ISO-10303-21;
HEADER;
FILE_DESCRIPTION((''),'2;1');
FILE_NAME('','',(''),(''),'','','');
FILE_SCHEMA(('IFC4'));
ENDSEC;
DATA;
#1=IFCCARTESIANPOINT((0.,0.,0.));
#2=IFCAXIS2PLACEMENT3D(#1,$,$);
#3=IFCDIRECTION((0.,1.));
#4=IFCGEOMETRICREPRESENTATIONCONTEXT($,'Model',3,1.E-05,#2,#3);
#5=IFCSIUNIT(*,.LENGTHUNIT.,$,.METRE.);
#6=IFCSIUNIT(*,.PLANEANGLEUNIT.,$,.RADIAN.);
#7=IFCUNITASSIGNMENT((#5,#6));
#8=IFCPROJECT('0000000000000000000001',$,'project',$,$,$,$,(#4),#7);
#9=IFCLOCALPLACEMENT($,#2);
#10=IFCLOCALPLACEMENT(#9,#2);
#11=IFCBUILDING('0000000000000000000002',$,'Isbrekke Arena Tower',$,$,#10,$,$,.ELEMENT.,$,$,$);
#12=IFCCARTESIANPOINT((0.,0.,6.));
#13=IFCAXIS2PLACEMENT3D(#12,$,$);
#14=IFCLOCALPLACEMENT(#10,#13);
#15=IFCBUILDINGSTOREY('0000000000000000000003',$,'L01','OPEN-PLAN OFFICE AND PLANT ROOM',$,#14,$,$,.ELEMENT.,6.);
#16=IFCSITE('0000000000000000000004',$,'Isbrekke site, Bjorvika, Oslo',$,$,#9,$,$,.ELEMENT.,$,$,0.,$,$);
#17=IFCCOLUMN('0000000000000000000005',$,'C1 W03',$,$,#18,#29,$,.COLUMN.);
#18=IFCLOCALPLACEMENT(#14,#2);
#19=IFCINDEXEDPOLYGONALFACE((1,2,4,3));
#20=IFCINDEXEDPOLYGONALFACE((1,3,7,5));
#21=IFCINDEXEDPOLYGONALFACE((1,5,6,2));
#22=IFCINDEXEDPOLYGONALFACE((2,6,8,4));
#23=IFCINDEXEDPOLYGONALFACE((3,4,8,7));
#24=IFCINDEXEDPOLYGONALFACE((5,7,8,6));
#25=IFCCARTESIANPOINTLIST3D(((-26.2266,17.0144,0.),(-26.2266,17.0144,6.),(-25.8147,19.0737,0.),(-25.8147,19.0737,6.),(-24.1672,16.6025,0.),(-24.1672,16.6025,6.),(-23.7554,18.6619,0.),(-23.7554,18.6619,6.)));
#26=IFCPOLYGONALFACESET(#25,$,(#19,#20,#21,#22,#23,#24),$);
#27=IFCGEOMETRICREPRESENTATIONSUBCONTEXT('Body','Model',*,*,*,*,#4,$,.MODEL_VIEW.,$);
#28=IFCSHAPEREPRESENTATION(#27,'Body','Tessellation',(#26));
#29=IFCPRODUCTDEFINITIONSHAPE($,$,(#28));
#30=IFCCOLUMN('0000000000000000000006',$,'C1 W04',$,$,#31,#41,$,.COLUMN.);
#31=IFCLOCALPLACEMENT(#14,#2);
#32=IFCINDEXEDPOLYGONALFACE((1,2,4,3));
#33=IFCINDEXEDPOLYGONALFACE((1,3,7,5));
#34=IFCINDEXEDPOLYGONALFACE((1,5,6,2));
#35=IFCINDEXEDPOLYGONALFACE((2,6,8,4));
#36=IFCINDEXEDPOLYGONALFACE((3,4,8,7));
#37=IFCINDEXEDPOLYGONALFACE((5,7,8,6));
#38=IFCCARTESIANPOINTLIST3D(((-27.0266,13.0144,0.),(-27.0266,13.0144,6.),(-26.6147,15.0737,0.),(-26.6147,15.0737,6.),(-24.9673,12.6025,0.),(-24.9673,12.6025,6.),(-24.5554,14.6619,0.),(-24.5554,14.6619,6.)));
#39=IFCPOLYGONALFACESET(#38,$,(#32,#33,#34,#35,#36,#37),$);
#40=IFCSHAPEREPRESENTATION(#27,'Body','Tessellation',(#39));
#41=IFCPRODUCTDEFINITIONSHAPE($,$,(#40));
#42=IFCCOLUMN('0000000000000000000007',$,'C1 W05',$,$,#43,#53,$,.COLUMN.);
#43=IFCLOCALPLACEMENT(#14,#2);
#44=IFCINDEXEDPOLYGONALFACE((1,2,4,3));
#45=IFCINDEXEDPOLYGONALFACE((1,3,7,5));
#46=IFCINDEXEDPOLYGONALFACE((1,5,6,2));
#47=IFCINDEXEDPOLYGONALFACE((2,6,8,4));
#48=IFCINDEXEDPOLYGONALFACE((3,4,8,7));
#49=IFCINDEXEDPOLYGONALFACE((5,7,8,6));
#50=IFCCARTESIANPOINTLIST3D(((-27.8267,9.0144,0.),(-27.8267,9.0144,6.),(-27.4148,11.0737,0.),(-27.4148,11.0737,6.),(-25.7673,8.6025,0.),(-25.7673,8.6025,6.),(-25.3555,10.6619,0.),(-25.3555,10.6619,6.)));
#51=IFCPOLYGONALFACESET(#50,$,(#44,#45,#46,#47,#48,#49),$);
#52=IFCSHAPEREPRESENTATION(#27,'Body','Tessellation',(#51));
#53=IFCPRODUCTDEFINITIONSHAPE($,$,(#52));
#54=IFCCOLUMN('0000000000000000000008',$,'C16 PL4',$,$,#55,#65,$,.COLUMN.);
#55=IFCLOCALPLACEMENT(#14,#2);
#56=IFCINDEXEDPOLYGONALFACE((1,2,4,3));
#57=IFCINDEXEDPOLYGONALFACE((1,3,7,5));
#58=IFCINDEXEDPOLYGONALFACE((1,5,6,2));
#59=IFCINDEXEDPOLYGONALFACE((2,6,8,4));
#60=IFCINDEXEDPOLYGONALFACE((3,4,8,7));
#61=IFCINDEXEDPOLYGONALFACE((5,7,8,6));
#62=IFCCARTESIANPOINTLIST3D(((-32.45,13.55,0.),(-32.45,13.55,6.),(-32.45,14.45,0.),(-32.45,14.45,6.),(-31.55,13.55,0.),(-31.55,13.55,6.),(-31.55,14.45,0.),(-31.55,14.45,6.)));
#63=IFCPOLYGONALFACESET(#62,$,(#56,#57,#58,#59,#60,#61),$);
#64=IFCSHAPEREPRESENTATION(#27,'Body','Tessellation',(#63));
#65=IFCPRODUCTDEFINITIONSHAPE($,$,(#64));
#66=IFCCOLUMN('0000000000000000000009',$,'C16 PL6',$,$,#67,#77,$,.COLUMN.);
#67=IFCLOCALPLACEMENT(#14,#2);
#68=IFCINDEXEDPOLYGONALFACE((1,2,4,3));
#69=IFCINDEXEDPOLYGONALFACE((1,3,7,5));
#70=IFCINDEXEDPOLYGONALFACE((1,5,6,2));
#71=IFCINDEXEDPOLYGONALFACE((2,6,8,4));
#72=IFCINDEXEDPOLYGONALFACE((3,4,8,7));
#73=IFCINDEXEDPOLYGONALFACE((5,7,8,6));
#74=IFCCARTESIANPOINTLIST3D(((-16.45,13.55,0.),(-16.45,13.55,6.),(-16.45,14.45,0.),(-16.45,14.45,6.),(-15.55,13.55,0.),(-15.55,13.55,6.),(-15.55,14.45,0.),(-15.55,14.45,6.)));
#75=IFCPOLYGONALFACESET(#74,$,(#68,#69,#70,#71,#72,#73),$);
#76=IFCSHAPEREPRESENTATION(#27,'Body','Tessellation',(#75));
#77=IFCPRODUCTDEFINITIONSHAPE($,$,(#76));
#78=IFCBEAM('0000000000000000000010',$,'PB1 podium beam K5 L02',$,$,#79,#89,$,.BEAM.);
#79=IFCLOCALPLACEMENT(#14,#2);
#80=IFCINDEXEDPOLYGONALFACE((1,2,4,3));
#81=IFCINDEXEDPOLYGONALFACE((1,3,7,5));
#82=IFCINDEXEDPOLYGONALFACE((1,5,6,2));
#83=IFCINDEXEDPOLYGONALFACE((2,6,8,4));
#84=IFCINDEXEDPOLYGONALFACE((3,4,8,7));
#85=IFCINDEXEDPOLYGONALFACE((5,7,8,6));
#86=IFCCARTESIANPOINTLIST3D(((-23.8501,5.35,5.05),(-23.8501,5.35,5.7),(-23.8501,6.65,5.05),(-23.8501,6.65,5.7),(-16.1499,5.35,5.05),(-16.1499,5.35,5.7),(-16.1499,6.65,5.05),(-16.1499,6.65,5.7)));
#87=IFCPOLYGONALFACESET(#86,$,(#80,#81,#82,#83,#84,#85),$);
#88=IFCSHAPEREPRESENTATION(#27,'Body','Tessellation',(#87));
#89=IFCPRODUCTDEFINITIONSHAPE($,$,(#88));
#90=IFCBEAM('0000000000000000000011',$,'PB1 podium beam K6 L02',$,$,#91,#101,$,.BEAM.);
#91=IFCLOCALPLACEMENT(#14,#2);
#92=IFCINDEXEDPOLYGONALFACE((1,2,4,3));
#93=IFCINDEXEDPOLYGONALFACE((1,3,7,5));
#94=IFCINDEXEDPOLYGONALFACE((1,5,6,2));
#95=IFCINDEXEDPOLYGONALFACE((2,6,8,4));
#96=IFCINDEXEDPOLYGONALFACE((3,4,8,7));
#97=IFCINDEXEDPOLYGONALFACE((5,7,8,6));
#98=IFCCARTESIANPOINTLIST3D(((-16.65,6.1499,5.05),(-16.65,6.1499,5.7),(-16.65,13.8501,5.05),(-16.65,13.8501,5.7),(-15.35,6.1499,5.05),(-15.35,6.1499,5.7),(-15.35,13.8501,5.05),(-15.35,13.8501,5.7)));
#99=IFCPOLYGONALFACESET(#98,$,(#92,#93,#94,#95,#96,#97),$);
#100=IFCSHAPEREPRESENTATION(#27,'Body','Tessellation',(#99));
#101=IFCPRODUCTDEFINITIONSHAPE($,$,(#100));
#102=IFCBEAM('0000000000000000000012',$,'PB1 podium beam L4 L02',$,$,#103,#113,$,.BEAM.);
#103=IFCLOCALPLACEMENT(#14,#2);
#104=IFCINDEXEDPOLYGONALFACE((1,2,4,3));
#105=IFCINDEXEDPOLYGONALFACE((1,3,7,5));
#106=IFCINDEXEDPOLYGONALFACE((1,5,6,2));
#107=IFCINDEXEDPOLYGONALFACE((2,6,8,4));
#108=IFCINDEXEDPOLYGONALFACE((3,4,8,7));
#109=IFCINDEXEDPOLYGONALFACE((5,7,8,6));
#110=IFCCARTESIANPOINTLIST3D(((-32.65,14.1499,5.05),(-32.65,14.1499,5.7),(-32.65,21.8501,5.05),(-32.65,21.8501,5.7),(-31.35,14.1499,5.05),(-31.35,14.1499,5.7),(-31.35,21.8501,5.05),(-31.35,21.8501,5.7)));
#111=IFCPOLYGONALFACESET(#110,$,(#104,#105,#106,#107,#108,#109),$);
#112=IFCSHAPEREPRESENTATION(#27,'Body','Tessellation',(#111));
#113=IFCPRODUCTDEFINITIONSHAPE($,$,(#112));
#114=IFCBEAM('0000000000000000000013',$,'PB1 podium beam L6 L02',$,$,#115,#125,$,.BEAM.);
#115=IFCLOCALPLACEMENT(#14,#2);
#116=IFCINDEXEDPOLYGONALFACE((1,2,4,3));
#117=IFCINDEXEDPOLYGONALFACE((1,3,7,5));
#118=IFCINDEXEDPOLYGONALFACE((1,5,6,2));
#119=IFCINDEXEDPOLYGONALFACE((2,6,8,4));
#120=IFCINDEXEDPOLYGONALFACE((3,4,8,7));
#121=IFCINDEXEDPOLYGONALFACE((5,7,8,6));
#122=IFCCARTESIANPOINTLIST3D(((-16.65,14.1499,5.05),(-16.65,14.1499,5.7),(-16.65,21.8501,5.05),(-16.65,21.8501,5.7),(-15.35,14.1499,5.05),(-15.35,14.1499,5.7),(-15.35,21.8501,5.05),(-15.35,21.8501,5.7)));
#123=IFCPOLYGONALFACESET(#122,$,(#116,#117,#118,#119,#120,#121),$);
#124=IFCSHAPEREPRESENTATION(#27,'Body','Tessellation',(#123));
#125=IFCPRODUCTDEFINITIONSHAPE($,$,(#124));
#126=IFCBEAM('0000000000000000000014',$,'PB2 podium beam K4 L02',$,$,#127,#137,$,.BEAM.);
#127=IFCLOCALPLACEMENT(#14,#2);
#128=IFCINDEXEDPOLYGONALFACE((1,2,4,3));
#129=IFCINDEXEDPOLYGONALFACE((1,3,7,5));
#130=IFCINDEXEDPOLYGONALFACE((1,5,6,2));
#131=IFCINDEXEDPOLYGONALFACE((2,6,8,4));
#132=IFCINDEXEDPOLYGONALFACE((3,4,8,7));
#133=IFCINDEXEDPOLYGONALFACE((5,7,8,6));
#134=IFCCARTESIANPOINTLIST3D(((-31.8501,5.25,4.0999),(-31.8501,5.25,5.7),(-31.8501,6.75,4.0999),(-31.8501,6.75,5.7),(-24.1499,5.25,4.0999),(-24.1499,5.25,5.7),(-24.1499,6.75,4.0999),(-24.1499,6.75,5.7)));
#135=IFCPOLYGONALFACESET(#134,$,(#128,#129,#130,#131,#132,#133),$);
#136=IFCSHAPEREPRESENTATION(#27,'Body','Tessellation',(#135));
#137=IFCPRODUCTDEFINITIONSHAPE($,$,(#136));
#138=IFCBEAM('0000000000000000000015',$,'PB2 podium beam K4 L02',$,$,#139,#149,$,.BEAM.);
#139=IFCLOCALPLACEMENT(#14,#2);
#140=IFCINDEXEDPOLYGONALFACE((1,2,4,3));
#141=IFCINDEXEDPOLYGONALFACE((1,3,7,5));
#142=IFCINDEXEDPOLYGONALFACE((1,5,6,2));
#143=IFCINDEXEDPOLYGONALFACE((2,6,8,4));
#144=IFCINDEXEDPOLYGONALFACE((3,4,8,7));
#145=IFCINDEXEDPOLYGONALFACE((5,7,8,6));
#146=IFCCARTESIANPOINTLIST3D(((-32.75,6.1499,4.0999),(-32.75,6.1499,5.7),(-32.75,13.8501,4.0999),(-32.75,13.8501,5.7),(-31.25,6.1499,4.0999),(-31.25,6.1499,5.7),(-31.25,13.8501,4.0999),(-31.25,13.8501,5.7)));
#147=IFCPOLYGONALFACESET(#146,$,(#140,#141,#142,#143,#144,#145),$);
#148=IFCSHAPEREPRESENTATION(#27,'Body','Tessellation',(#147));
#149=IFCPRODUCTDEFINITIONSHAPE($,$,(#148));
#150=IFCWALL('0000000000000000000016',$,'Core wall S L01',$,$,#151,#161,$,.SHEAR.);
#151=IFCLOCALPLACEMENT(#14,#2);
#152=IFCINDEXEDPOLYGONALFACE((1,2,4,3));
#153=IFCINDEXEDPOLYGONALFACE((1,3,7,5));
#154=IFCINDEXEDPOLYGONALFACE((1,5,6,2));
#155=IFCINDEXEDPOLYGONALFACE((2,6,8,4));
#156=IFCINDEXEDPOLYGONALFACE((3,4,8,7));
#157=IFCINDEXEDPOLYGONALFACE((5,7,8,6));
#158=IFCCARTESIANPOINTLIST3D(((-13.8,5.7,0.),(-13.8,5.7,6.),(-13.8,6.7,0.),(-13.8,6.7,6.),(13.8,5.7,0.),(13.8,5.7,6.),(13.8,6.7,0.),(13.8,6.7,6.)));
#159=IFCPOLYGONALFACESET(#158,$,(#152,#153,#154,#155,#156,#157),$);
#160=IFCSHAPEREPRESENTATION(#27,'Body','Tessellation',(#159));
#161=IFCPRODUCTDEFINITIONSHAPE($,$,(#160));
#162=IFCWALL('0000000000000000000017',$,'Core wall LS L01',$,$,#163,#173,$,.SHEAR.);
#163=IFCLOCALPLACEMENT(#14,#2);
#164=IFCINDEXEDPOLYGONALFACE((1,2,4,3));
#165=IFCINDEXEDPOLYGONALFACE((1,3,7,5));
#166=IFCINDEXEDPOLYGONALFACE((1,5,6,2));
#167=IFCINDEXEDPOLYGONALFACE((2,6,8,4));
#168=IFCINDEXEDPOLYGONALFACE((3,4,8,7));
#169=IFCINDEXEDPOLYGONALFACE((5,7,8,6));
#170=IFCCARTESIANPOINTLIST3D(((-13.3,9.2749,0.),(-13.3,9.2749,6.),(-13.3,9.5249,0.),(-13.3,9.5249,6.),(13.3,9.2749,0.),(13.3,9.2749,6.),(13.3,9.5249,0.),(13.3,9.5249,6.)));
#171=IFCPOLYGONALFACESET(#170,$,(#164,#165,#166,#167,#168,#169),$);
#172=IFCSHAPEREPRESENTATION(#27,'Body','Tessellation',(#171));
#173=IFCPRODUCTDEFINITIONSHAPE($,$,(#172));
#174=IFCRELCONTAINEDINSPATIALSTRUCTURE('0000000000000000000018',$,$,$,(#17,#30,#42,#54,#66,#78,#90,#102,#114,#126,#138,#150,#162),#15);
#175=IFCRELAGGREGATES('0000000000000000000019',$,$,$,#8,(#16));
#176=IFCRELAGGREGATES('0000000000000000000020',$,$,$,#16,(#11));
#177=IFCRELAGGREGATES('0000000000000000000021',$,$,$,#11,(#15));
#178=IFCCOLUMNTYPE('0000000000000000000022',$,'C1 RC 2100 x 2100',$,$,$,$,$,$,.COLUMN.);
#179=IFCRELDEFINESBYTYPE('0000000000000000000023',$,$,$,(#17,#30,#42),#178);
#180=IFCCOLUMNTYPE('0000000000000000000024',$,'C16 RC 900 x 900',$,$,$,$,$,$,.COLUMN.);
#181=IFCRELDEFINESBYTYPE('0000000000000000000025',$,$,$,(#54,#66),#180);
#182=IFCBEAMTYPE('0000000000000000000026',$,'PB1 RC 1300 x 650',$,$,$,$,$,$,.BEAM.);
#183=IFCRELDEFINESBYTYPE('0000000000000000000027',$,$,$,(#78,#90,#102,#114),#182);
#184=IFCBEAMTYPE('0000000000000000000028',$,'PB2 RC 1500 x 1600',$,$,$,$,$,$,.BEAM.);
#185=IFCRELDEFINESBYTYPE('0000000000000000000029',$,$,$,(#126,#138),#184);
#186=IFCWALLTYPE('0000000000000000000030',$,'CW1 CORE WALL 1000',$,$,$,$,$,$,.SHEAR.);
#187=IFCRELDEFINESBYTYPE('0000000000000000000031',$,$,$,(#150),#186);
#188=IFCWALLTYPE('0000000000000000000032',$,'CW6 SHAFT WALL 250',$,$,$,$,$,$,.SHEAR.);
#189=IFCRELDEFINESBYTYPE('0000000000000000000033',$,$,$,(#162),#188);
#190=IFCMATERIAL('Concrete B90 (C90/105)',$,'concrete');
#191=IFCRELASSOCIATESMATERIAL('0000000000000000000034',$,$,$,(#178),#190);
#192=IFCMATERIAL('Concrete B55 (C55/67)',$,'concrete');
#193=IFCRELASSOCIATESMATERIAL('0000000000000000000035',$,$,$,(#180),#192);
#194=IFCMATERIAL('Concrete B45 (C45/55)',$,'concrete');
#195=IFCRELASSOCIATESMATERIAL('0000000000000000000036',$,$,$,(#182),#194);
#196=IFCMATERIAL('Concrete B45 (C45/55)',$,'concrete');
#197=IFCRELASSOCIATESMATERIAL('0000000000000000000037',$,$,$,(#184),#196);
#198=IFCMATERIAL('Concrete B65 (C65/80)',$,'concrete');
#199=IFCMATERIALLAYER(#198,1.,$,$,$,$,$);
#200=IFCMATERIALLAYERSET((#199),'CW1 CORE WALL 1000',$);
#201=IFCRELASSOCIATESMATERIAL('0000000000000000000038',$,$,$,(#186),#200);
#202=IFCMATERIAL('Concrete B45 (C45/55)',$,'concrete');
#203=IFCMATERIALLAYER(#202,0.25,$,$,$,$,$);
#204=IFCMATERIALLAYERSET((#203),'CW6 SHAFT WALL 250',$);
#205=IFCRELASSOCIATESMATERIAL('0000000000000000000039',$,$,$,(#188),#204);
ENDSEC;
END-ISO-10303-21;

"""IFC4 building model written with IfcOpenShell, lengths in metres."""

from ifc_helpers import new_model, si_unit, direction, frame, frame_2d, origin, origin_2d, place, context, subcontext, project, spatial, rectangle, extrude, material, layer, layer_set, material_profile, profile_set, type_object, element, save


model = new_model("IFC4")

# Units and contexts
model_context = context("Model", 3, precision=1e-05, world=origin(), true_north=direction((0.0, 1.0)))
body_context = subcontext(model_context, "Body", "Model", "MODEL_VIEW")
ifc_project = project(units=[si_unit("LENGTHUNIT", "METRE"), si_unit("PLANEANGLEUNIT", "RADIAN")], contexts=[model_context])

# Site, building, storey
site_placement = place(None, origin())
site = spatial("IfcSite", under=ifc_project, at=site_placement, Name="Isbrekke site, Bjorvika, Oslo", CompositionType="ELEMENT", RefElevation=0.0)
building_placement = place(site_placement, origin())
building = spatial("IfcBuilding", under=site, at=building_placement, Name="Isbrekke Arena Tower", CompositionType="ELEMENT")
storey_placement = place(building_placement, frame((0.0, 0.0, 6.0)))
storey = spatial("IfcBuildingStorey", under=building, at=storey_placement, Name="L01", Description="OPEN-PLAN OFFICE AND PLANT ROOM", CompositionType="ELEMENT", Elevation=6.0)

# Columns
ifc_material_1 = material(Name="Concrete B90 (C90/105)", Category="concrete")
ifc_material_profile_1 = material_profile(ifc_material_1, rectangle(XDim=2.1001, YDim=2.1001, at=origin_2d()), Name="RC 2100x2100")
ifc_profile_set_1 = profile_set([ifc_material_profile_1], Name="Concrete B90 (C90/105)")
column_type_1 = type_object("IfcColumnType", Name="C1 RC 2100 x 2100", PredefinedType="COLUMN", material=ifc_profile_set_1)
for number, where, z_axis, x_axis, name in (
    (1, (-24.991, 17.8381, 0.0), (0.0, 0.0, 1.0), (-0.196116, -0.980581, 0.0), "C1 W03"),
    (2, (-25.791, 13.8381, 0.0), (0.0, 0.0, 1.0), (-0.196116, -0.980581, 0.0), "C1 W04"),
    (3, (-26.5911, 9.8381, 0.0), (0.0, 0.0, 1.0), (-0.196116, -0.980581, 0.0), "C1 W05"),
):
    element("IfcColumn", number, at=place(storey_placement, frame(where, z_axis=z_axis, x_axis=x_axis)), inside=storey, type_object=column_type_1, Name=name, PredefinedType="COLUMN", context=body_context, shape_type="SweptSolid", body=[
        extrude(rectangle(XDim=2.1001, YDim=2.1001, at=origin_2d()), origin(), (0.0, 0.0, 1.0), 6.0),
    ])
ifc_material_2 = material(Name="Concrete B55 (C55/67)", Category="concrete")
ifc_material_profile_2 = material_profile(ifc_material_2, rectangle(XDim=0.8999, YDim=0.8999, at=origin_2d()), Name="RC 900x900")
ifc_profile_set_2 = profile_set([ifc_material_profile_2], Name="Concrete B55 (C55/67)")
column_type_2 = type_object("IfcColumnType", Name="C16 RC 900 x 900", PredefinedType="COLUMN", material=ifc_profile_set_2)
for number, where, z_axis, x_axis, name in (
    (4, (-32.0, 14.0, 0.0), (0.0, 0.0, 1.0), (1.0, 0.0, 0.0), "C16 PL4"),
    (5, (-16.0, 14.0, 0.0), (0.0, 0.0, 1.0), (1.0, 0.0, 0.0), "C16 PL6"),
):
    element("IfcColumn", number, at=place(storey_placement, frame(where, z_axis=z_axis, x_axis=x_axis)), inside=storey, type_object=column_type_2, Name=name, PredefinedType="COLUMN", context=body_context, shape_type="SweptSolid", body=[
        extrude(rectangle(XDim=0.8999, YDim=0.8999, at=origin_2d()), origin(), (0.0, 0.0, 1.0), 6.0),
    ])

# Beams
ifc_material_3 = material(Name="Concrete B45 (C45/55)", Category="concrete")
ifc_material_profile_3 = material_profile(ifc_material_3, rectangle(XDim=1.3, YDim=0.6499, at=origin_2d()), Name="RC 1300x650")
ifc_profile_set_3 = profile_set([ifc_material_profile_3], Name="Concrete B45 (C45/55)")
beam_type_1 = type_object("IfcBeamType", Name="PB1 RC 1300 x 650", PredefinedType="BEAM", material=ifc_profile_set_3)
for number, where, z_axis, x_axis, name in (
    (6, (-23.8501, 6.0, 5.375), (1.0, 0.0, 0.0), (0.0, 1.0, 0.0), "PB1 podium beam K5 L02"),
    (7, (-16.0, 6.1499, 5.375), (0.0, 1.0, 0.0), (-1.0, 0.0, 0.0), "PB1 podium beam K6 L02"),
    (8, (-32.0, 14.1499, 5.375), (0.0, 1.0, 0.0), (-1.0, 0.0, 0.0), "PB1 podium beam L4 L02"),
    (9, (-16.0, 14.1499, 5.375), (0.0, 1.0, 0.0), (-1.0, 0.0, 0.0), "PB1 podium beam L6 L02"),
):
    element("IfcBeam", number, at=place(storey_placement, frame(where, z_axis=z_axis, x_axis=x_axis)), inside=storey, type_object=beam_type_1, Name=name, PredefinedType="BEAM", context=body_context, shape_type="SweptSolid", body=[
        extrude(rectangle(XDim=1.3, YDim=0.6499, at=origin_2d()), origin(), (0.0, 0.0, 1.0), 7.7002),
    ])
ifc_material_4 = material(Name="Concrete B45 (C45/55)", Category="concrete")
ifc_material_profile_4 = material_profile(ifc_material_4, rectangle(XDim=1.5, YDim=1.6001, at=origin_2d()), Name="RC 1500x1600")
ifc_profile_set_4 = profile_set([ifc_material_profile_4], Name="Concrete B45 (C45/55)")
beam_type_2 = type_object("IfcBeamType", Name="PB2 RC 1500 x 1600", PredefinedType="BEAM", material=ifc_profile_set_4)
for number, where, z_axis, x_axis, name in (
    (10, (-31.8501, 6.0, 4.8999), (1.0, 0.0, 0.0), (0.0, 1.0, 0.0), "PB2 podium beam K4 L02"),
    (11, (-32.0, 6.1499, 4.8999), (0.0, 1.0, 0.0), (-1.0, 0.0, 0.0), "PB2 podium beam K4 L02"),
):
    element("IfcBeam", number, at=place(storey_placement, frame(where, z_axis=z_axis, x_axis=x_axis)), inside=storey, type_object=beam_type_2, Name=name, PredefinedType="BEAM", context=body_context, shape_type="SweptSolid", body=[
        extrude(rectangle(XDim=1.5, YDim=1.6001, at=origin_2d()), origin(), (0.0, 0.0, 1.0), 7.7002),
    ])

# Walls
ifc_material_5 = material(Name="Concrete B65 (C65/80)", Category="concrete")
ifc_layer_1 = layer(ifc_material_5, 1.0)
ifc_layer_set_1 = layer_set([ifc_layer_1], Name="CW1 CORE WALL 1000")
wall_type_1 = type_object("IfcWallType", Name="CW1 CORE WALL 1000", PredefinedType="SHEAR", material=ifc_layer_set_1)
wall_1_placement = place(storey_placement, frame((-13.8, 6.2, 0.0), z_axis=(0.0, 0.0, 1.0), x_axis=(1.0, 0.0, 0.0)))
element("IfcWall", 12, at=wall_1_placement, inside=storey, type_object=wall_type_1, Name="Core wall S L01", PredefinedType="SHEAR", context=body_context, shape_type="SweptSolid", body=[
    extrude(rectangle(XDim=27.6001, YDim=1.0, at=frame_2d((13.8, 0.0))), origin(), (0.0, 0.0, 1.0), 6.0),
])
ifc_material_6 = material(Name="Concrete B45 (C45/55)", Category="concrete")
ifc_layer_2 = layer(ifc_material_6, 0.25)
ifc_layer_set_2 = layer_set([ifc_layer_2], Name="CW6 SHAFT WALL 250")
wall_type_2 = type_object("IfcWallType", Name="CW6 SHAFT WALL 250", PredefinedType="SHEAR", material=ifc_layer_set_2)
wall_2_placement = place(storey_placement, frame((-13.3, 9.3999, 0.0), z_axis=(0.0, 0.0, 1.0), x_axis=(1.0, 0.0, 0.0)))
element("IfcWall", 13, at=wall_2_placement, inside=storey, type_object=wall_type_2, Name="Core wall LS L01", PredefinedType="SHEAR", context=body_context, shape_type="SweptSolid", body=[
    extrude(rectangle(XDim=26.6001, YDim=0.25, at=frame_2d((13.3, 0.0))), origin(), (0.0, 0.0, 1.0), 6.0),
])

save(model, "model.ifc")
